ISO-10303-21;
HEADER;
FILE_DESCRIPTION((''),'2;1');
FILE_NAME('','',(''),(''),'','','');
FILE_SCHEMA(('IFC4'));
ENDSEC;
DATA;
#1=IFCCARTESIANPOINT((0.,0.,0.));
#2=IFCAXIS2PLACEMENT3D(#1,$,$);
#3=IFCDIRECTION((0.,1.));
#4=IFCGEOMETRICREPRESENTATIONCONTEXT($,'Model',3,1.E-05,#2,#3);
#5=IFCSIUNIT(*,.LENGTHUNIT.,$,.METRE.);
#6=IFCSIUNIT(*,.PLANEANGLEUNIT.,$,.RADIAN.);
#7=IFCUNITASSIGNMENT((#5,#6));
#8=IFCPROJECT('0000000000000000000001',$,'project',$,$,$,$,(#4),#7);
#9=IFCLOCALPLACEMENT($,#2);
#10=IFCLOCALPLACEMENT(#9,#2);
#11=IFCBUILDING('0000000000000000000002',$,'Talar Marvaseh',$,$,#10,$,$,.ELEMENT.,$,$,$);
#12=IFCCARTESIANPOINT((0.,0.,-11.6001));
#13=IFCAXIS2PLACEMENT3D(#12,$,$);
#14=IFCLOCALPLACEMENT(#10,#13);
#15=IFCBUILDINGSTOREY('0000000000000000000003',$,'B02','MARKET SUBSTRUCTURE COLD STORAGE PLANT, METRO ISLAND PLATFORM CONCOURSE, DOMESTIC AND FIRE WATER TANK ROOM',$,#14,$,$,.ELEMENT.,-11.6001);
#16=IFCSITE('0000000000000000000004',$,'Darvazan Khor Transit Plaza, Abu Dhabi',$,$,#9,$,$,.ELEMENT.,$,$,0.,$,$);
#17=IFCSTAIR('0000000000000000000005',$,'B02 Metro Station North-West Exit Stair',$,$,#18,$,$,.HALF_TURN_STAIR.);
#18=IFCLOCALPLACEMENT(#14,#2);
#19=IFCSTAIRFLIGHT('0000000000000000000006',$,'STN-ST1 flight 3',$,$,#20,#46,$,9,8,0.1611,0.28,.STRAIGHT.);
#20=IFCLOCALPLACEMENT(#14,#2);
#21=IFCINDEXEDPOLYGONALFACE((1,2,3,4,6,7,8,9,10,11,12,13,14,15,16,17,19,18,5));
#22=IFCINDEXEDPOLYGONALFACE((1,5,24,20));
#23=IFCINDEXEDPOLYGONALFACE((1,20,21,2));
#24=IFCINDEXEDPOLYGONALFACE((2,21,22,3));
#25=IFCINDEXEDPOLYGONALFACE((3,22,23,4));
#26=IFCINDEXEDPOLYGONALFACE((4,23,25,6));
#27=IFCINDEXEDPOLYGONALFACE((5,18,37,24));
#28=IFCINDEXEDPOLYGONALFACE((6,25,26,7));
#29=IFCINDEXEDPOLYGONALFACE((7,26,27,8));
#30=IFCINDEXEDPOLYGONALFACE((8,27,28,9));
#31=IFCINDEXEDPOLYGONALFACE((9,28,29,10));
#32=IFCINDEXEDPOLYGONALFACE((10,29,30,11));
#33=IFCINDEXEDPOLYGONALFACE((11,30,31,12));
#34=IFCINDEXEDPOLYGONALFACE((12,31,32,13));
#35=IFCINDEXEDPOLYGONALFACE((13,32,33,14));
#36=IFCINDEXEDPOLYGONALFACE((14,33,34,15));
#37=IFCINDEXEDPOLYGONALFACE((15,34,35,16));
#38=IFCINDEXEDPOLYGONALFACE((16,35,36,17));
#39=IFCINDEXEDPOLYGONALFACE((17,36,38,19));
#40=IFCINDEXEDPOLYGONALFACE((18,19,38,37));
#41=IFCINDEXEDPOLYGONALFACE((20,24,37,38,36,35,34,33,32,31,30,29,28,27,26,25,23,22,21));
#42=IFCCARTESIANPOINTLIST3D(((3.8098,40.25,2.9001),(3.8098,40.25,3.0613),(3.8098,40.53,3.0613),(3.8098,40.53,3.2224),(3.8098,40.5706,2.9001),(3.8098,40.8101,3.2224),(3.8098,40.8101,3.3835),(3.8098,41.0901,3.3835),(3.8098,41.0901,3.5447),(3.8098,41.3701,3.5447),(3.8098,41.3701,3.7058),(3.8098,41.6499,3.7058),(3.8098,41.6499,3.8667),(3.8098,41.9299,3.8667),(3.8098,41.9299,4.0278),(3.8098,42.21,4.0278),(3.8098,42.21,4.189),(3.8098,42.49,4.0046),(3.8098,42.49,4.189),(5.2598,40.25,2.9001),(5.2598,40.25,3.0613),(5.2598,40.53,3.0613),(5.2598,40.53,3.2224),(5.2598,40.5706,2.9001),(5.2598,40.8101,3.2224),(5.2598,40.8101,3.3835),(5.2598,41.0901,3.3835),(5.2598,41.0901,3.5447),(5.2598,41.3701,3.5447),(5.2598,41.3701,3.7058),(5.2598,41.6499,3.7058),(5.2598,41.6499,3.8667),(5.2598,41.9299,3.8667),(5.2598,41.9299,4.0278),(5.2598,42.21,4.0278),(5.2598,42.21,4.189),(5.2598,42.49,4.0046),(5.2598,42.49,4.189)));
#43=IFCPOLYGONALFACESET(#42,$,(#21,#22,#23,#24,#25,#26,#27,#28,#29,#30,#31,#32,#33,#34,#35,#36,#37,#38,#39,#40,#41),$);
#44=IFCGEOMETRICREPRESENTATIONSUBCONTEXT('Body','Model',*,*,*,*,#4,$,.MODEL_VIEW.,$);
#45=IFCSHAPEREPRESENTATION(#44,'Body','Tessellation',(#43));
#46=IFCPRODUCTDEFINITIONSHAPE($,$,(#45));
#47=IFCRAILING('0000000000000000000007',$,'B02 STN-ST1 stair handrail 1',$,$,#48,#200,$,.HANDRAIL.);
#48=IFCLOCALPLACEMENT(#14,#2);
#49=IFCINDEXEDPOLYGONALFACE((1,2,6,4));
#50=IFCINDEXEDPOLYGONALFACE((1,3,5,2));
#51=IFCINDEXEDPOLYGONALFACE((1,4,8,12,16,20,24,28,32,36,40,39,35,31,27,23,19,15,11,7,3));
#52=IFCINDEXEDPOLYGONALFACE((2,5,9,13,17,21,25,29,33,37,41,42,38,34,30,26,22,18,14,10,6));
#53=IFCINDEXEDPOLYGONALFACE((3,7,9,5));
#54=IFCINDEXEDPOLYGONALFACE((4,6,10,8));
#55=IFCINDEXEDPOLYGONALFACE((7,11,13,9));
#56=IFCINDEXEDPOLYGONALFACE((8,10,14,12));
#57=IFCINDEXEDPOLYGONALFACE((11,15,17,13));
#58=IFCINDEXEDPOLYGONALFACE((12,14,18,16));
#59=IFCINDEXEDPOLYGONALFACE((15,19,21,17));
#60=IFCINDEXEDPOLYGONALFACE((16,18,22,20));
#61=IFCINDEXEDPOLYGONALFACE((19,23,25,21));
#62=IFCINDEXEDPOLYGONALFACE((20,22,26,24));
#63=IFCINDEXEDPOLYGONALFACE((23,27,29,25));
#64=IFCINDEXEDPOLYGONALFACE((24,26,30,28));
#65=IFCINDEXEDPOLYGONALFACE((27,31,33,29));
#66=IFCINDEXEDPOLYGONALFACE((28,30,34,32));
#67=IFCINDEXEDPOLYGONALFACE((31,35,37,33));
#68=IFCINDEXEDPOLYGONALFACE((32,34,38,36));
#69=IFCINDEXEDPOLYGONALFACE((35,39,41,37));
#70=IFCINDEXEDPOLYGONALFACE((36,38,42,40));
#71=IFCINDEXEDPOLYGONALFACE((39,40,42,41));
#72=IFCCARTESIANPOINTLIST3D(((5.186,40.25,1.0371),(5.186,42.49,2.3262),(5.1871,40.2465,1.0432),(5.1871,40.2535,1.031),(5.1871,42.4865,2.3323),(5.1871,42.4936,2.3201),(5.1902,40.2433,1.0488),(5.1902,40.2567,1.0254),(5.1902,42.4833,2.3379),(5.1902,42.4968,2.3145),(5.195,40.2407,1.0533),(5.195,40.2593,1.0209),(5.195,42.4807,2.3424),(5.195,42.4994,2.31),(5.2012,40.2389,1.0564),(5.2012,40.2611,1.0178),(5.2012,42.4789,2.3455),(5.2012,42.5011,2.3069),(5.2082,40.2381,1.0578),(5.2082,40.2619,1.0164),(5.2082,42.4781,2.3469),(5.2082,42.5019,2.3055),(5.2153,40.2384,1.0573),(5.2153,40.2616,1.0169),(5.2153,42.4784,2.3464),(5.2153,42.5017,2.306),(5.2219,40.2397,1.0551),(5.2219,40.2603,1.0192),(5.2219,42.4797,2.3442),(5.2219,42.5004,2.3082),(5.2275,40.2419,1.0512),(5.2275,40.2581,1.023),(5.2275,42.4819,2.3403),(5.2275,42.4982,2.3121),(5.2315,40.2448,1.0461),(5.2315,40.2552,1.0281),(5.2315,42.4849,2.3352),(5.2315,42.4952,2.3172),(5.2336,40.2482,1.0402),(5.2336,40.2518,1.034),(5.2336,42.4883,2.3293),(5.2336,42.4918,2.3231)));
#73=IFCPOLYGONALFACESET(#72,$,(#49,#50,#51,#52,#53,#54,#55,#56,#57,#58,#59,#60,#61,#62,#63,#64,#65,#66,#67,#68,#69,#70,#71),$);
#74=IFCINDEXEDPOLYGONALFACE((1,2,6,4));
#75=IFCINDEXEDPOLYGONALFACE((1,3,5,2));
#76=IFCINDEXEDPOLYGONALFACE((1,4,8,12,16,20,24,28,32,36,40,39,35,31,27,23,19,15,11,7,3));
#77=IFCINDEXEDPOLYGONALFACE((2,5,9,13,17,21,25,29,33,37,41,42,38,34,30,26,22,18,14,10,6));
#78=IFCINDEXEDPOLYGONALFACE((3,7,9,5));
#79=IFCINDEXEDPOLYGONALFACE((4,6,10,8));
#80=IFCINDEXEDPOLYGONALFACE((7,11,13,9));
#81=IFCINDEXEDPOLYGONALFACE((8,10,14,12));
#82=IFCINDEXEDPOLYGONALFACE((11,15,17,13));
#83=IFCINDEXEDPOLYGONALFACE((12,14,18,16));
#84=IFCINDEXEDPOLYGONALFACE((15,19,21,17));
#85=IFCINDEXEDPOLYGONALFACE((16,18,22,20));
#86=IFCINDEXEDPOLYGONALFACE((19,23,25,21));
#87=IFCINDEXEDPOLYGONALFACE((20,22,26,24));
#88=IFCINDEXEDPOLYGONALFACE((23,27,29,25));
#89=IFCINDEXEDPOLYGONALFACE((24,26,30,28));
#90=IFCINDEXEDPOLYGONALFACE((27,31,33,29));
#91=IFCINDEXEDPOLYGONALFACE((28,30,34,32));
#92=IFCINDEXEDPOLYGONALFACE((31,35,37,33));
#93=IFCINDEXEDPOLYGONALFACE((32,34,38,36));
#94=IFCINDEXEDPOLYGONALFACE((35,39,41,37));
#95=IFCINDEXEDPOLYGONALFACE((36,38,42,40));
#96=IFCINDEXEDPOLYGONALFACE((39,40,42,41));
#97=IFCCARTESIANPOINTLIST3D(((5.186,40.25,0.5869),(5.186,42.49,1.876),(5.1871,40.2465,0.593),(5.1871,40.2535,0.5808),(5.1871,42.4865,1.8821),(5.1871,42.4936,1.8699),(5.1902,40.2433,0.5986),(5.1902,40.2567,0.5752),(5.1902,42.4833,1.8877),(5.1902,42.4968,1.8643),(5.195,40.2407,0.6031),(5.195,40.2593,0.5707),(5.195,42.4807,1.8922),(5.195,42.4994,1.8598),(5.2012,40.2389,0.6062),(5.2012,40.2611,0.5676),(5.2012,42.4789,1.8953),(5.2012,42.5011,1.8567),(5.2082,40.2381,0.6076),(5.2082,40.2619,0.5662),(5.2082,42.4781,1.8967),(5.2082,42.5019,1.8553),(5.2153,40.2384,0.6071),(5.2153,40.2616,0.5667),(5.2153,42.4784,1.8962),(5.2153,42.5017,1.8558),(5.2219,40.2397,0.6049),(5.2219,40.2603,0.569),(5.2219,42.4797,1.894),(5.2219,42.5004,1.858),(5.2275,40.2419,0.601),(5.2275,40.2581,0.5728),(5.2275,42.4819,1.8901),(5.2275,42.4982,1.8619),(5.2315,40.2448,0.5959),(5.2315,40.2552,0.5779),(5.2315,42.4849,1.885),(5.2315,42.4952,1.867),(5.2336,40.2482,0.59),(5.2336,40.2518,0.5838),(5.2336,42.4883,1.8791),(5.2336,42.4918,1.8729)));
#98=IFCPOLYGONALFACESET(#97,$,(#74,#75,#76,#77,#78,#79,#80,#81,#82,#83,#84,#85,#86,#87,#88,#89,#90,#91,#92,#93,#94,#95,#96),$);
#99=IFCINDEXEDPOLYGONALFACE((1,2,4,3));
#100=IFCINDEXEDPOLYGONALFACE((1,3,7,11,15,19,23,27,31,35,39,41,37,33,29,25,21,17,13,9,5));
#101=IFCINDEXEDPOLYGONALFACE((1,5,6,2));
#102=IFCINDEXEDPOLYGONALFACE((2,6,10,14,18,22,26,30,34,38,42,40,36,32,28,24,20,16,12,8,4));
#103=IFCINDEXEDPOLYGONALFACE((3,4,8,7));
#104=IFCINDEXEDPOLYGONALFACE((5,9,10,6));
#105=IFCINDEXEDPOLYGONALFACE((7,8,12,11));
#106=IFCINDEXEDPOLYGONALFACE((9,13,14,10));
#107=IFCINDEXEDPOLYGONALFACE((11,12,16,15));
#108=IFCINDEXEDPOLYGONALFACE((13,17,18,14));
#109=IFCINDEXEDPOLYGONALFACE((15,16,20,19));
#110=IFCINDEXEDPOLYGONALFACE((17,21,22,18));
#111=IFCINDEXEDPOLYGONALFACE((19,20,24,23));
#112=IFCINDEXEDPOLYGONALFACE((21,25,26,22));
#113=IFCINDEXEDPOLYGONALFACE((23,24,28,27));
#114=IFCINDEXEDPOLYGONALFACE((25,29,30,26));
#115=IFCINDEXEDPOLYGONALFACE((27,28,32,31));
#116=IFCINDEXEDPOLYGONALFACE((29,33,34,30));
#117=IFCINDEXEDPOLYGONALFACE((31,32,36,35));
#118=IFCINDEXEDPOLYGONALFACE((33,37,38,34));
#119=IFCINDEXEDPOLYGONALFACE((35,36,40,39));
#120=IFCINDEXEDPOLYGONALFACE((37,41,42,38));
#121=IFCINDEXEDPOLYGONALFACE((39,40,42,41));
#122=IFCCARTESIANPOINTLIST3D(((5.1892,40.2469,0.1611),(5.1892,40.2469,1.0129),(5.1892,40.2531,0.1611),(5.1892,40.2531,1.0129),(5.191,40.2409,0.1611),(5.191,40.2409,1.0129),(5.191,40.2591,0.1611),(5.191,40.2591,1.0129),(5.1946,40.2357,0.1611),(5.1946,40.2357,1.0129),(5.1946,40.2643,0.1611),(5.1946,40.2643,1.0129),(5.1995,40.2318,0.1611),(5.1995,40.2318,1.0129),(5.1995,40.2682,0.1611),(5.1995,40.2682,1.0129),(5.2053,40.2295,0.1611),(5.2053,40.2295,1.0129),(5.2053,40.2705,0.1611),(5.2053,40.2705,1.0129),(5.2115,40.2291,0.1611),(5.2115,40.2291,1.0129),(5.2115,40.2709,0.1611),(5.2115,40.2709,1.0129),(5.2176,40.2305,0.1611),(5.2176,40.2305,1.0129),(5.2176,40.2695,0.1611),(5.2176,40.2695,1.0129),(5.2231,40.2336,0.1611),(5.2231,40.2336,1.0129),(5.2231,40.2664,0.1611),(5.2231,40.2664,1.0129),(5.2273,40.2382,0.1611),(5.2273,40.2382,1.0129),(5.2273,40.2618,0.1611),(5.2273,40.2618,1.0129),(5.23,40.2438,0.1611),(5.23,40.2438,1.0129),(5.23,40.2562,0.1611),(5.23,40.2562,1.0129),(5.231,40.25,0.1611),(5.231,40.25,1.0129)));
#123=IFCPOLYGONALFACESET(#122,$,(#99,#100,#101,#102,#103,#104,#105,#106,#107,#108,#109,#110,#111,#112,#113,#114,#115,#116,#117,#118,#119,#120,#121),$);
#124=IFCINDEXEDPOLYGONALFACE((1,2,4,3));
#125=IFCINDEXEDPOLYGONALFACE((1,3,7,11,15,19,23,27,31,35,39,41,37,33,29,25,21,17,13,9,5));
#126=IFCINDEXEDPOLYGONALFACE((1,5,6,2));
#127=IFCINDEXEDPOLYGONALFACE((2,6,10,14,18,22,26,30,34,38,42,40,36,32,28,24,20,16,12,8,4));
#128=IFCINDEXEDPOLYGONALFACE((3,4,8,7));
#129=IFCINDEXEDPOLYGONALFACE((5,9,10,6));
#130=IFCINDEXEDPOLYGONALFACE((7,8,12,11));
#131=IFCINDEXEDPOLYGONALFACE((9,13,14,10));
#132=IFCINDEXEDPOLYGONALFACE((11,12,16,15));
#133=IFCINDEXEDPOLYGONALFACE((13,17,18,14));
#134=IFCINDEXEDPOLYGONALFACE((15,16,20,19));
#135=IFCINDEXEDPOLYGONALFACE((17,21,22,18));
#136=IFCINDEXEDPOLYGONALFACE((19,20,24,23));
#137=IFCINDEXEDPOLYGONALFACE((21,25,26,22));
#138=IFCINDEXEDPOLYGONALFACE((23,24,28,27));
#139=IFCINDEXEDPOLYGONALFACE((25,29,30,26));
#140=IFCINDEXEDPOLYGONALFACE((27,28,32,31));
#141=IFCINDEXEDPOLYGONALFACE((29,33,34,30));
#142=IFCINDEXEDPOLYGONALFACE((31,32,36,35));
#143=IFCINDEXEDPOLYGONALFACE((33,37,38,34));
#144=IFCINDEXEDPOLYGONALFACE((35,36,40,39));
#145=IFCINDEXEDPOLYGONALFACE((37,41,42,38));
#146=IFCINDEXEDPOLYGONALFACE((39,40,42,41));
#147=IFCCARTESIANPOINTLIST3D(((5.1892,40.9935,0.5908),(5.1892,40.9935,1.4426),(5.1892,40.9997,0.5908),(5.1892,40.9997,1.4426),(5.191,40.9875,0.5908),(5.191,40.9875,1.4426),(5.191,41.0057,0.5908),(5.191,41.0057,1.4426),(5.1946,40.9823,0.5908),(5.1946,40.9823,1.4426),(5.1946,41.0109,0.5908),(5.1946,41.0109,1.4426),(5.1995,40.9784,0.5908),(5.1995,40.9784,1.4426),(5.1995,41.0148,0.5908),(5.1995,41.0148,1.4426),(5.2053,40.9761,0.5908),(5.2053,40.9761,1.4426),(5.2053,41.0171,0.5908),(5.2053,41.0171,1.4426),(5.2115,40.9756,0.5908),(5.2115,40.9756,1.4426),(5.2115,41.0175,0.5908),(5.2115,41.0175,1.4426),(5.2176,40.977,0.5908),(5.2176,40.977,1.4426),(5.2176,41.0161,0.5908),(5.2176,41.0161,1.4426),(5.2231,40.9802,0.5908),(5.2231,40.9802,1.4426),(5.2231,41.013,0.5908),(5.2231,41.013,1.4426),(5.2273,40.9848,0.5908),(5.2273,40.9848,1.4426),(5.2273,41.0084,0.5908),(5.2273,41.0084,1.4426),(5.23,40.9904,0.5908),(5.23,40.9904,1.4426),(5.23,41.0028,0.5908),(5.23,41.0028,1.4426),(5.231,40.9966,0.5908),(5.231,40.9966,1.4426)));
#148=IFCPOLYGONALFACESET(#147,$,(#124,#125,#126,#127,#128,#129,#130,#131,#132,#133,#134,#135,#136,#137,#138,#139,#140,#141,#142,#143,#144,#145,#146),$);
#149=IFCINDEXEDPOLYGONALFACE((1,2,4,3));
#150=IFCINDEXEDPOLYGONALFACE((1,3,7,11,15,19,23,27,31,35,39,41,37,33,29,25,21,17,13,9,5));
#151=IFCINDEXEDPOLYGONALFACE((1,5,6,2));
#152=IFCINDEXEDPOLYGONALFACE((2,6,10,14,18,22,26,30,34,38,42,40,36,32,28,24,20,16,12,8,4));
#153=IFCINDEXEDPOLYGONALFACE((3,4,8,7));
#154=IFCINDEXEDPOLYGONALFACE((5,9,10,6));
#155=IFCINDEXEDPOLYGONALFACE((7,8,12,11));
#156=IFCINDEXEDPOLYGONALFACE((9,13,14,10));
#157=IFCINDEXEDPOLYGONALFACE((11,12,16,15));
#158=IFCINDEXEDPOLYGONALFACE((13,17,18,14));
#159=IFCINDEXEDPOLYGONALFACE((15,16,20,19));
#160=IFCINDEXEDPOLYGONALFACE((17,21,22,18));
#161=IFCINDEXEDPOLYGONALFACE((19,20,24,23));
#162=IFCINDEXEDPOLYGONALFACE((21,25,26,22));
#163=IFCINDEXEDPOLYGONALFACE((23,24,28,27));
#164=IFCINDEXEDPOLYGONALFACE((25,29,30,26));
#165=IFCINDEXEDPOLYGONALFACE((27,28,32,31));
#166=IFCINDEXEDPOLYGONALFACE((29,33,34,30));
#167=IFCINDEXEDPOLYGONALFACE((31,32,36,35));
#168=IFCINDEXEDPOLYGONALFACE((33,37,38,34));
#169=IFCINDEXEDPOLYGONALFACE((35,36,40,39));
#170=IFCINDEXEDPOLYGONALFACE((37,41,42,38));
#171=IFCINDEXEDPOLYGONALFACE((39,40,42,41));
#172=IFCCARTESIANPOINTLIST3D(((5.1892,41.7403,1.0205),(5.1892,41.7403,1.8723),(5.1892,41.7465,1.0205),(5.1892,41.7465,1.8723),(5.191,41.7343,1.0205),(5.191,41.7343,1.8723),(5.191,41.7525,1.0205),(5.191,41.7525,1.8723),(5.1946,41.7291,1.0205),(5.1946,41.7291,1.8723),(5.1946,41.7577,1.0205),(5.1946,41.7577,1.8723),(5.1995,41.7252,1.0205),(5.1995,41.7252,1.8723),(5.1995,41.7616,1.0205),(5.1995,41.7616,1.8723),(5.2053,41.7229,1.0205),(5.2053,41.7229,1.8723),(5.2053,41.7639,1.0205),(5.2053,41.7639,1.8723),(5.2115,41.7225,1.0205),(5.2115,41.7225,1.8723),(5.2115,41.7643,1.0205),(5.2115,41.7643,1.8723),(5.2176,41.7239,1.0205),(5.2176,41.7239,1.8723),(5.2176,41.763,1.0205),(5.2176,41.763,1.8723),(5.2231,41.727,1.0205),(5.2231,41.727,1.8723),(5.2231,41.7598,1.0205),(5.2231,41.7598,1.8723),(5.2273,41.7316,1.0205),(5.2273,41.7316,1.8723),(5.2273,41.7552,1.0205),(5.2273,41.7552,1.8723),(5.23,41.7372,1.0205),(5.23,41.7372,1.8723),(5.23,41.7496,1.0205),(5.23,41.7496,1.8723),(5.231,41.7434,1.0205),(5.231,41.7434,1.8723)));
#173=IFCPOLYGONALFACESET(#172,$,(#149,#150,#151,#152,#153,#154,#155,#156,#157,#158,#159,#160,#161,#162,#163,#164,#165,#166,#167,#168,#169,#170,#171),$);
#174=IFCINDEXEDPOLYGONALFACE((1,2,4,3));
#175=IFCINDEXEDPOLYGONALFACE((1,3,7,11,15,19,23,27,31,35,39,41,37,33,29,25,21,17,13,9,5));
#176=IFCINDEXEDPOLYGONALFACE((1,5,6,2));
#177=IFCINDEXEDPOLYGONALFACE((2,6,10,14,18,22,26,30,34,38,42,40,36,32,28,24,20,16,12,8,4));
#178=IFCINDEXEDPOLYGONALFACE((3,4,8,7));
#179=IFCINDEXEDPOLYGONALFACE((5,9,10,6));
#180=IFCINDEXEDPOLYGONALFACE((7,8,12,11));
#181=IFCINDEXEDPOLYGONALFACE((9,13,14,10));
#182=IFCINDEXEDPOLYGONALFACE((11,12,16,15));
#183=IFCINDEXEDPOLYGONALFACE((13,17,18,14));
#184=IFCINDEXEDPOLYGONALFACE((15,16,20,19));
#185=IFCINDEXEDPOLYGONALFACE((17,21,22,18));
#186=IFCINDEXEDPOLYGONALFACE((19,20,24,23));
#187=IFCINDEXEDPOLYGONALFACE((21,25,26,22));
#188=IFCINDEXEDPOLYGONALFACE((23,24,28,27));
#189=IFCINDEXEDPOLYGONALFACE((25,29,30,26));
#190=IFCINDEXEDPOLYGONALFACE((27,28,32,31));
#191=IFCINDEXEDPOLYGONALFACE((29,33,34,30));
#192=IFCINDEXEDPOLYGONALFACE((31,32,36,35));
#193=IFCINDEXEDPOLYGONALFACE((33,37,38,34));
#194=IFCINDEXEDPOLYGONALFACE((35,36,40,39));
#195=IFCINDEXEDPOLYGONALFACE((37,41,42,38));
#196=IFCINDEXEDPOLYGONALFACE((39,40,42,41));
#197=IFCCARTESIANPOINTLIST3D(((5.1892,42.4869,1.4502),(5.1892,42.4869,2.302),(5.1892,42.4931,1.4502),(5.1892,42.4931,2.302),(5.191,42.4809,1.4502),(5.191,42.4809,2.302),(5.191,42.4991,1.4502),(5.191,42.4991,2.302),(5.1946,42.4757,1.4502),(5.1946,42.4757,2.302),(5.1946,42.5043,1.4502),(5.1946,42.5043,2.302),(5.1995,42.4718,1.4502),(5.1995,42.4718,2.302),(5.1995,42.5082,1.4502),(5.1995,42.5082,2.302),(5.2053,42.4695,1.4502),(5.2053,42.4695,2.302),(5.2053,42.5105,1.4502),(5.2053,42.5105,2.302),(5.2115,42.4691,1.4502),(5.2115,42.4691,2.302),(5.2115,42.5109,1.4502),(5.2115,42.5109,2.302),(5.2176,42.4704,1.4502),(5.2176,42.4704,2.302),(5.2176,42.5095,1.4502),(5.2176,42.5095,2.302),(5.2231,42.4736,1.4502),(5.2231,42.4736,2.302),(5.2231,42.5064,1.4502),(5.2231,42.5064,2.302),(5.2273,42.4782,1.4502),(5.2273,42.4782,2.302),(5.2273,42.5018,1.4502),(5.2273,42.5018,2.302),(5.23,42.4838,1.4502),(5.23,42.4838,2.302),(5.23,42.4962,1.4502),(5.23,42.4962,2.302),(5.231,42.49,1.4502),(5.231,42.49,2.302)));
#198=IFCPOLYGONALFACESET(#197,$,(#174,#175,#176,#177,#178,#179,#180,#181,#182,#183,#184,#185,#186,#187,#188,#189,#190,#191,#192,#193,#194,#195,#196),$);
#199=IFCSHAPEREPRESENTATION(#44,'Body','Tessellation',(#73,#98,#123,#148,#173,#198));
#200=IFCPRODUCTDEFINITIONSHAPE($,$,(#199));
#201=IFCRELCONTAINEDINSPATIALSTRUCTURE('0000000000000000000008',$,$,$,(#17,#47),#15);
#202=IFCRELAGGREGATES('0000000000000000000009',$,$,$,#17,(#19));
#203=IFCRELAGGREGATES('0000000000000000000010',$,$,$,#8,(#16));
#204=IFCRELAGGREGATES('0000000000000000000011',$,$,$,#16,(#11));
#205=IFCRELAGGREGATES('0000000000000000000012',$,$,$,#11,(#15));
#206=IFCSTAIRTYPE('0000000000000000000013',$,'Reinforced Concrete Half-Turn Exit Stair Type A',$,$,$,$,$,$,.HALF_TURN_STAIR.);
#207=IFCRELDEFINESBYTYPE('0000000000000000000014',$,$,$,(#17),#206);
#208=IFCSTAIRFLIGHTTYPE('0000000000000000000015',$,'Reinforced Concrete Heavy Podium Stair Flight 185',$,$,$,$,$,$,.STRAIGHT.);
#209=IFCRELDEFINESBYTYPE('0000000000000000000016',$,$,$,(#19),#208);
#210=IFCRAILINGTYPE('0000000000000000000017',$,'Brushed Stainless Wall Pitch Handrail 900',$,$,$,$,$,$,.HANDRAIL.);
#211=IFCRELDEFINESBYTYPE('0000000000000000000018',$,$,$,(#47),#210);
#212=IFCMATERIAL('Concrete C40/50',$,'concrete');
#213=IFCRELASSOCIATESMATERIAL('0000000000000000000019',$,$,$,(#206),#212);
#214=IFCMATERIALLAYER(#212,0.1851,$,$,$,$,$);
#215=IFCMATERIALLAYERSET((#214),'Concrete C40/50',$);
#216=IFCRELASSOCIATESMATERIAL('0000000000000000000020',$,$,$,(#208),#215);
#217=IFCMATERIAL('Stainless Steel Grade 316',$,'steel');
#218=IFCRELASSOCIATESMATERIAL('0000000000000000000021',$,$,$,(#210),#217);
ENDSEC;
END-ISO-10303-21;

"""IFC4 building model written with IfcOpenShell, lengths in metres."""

from ifc_helpers import new_model, si_unit, direction, frame, origin, origin_2d, place, context, subcontext, project, spatial, polyline, circle, outline, extrude, material, layer, layer_set, type_object, element, aggregate, save


model = new_model("IFC4")

# Units and contexts
model_context = context("Model", 3, precision=1e-05, world=origin(), true_north=direction((0.0, 1.0)))
body_context = subcontext(model_context, "Body", "Model", "MODEL_VIEW")
ifc_project = project(units=[si_unit("LENGTHUNIT", "METRE"), si_unit("PLANEANGLEUNIT", "RADIAN")], contexts=[model_context])

# Site, building, storey
site_placement = place(None, origin())
site = spatial("IfcSite", under=ifc_project, at=site_placement, Name="Darvazan Khor Transit Plaza, Abu Dhabi", CompositionType="ELEMENT", RefElevation=0.0)
building_placement = place(site_placement, origin())
building = spatial("IfcBuilding", under=site, at=building_placement, Name="Talar Marvaseh", CompositionType="ELEMENT")
storey_placement = place(building_placement, frame((0.0, 0.0, -11.6001)))
storey = spatial("IfcBuildingStorey", under=building, at=storey_placement, Name="B02", Description="MARKET SUBSTRUCTURE COLD STORAGE PLANT, METRO ISLAND PLATFORM CONCOURSE, DOMESTIC AND FIRE WATER TANK ROOM", CompositionType="ELEMENT", Elevation=-11.6001)

# Shared definitions
ifc_material_1 = material(Name="Concrete C40/50", Category="concrete")

# Stair, stair flight
stair_type = type_object("IfcStairType", Name="Reinforced Concrete Half-Turn Exit Stair Type A", PredefinedType="HALF_TURN_STAIR", material=ifc_material_1)
stair_placement = place(storey_placement, origin())
stair = element("IfcStair", 1, at=stair_placement, inside=storey, type_object=stair_type, Name="B02 Metro Station North-West Exit Stair", PredefinedType="HALF_TURN_STAIR")
ifc_layer_1 = layer(ifc_material_1, 0.1851)
ifc_layer_set_1 = layer_set([ifc_layer_1], Name="Concrete C40/50")
stair_flight_type = type_object("IfcStairFlightType", Name="Reinforced Concrete Heavy Podium Stair Flight 185", PredefinedType="STRAIGHT", material=ifc_layer_set_1)
stair_flight_placement = place(storey_placement, frame((4.5349, 40.25, 2.9001), z_axis=(0.0, 0.0, 1.0), x_axis=(0.0, 1.0, 0.0)))
stair_flight = element("IfcStairFlight", 2, at=stair_flight_placement, type_object=stair_flight_type, Name="STN-ST1 flight 3", NumberOfRisers=9, NumberOfTreads=8, PredefinedType="STRAIGHT", RiserHeight=0.1611, TreadLength=0.28, context=body_context, shape_type="SweptSolid", body=[
    extrude(outline(polyline([(0.0, 0.0), (0.0, 0.1611), (0.28, 0.1611), (0.28, 0.3223), (0.5601, 0.3223), (0.5601, 0.4834), (0.8401, 0.4834), (0.8401, 0.6445), (1.1201, 0.6445), (1.1201, 0.8057), (1.3999, 0.8057), (1.3999, 0.9666), (1.6799, 0.9666), (1.6799, 1.1277), (1.96, 1.1277), (1.96, 1.2888), (2.24, 1.2888), (2.24, 1.45), (2.24, 1.1045), (0.3206, 0.0), (0.0, 0.0)])), frame((0.0, 0.7251, 0.0), z_axis=(0.0, -1.0, 0.0), x_axis=(1.0, 0.0, 0.0)), (0.0, 0.0, 1.0), 1.45),
])
aggregate(stair, [stair_flight])

# Railing
ifc_material_2 = material(Name="Stainless Steel Grade 316", Category="steel")
railing_type = type_object("IfcRailingType", Name="Brushed Stainless Wall Pitch Handrail 900", PredefinedType="HANDRAIL", material=ifc_material_2)
railing_1_placement = place(storey_placement, frame((5.21, 40.25, 0.1611)))
element("IfcRailing", 3, at=railing_1_placement, inside=storey, type_object=railing_type, Name="B02 STN-ST1 stair handrail 1", PredefinedType="HANDRAIL", context=body_context, shape_type="SweptSolid", body=[
    extrude(circle(Radius=0.0239, at=origin_2d()), frame((0.0, 0.0, 0.876), z_axis=(0.0, 0.866728, 0.498782), x_axis=(-1.0, 0.0, 0.0)), (0.0, 0.0, 1.0), 2.5845),
    extrude(circle(Radius=0.0239, at=origin_2d()), frame((0.0, 0.0, 0.4258), z_axis=(0.0, 0.866728, 0.498782), x_axis=(-1.0, 0.0, 0.0)), (0.0, 0.0, 1.0), 2.5845),
    extrude(circle(Radius=0.021, at=origin_2d()), origin(), (0.0, 0.0, 1.0), 0.8518),
    extrude(circle(Radius=0.021, at=origin_2d()), frame((0.0, 0.7466, 0.4297)), (0.0, 0.0, 1.0), 0.8518),
    extrude(circle(Radius=0.021, at=origin_2d()), frame((0.0, 1.4934, 0.8594)), (0.0, 0.0, 1.0), 0.8518),
    extrude(circle(Radius=0.021, at=origin_2d()), frame((0.0, 2.24, 1.2891)), (0.0, 0.0, 1.0), 0.8518),
])

save(model, "model.ifc")
